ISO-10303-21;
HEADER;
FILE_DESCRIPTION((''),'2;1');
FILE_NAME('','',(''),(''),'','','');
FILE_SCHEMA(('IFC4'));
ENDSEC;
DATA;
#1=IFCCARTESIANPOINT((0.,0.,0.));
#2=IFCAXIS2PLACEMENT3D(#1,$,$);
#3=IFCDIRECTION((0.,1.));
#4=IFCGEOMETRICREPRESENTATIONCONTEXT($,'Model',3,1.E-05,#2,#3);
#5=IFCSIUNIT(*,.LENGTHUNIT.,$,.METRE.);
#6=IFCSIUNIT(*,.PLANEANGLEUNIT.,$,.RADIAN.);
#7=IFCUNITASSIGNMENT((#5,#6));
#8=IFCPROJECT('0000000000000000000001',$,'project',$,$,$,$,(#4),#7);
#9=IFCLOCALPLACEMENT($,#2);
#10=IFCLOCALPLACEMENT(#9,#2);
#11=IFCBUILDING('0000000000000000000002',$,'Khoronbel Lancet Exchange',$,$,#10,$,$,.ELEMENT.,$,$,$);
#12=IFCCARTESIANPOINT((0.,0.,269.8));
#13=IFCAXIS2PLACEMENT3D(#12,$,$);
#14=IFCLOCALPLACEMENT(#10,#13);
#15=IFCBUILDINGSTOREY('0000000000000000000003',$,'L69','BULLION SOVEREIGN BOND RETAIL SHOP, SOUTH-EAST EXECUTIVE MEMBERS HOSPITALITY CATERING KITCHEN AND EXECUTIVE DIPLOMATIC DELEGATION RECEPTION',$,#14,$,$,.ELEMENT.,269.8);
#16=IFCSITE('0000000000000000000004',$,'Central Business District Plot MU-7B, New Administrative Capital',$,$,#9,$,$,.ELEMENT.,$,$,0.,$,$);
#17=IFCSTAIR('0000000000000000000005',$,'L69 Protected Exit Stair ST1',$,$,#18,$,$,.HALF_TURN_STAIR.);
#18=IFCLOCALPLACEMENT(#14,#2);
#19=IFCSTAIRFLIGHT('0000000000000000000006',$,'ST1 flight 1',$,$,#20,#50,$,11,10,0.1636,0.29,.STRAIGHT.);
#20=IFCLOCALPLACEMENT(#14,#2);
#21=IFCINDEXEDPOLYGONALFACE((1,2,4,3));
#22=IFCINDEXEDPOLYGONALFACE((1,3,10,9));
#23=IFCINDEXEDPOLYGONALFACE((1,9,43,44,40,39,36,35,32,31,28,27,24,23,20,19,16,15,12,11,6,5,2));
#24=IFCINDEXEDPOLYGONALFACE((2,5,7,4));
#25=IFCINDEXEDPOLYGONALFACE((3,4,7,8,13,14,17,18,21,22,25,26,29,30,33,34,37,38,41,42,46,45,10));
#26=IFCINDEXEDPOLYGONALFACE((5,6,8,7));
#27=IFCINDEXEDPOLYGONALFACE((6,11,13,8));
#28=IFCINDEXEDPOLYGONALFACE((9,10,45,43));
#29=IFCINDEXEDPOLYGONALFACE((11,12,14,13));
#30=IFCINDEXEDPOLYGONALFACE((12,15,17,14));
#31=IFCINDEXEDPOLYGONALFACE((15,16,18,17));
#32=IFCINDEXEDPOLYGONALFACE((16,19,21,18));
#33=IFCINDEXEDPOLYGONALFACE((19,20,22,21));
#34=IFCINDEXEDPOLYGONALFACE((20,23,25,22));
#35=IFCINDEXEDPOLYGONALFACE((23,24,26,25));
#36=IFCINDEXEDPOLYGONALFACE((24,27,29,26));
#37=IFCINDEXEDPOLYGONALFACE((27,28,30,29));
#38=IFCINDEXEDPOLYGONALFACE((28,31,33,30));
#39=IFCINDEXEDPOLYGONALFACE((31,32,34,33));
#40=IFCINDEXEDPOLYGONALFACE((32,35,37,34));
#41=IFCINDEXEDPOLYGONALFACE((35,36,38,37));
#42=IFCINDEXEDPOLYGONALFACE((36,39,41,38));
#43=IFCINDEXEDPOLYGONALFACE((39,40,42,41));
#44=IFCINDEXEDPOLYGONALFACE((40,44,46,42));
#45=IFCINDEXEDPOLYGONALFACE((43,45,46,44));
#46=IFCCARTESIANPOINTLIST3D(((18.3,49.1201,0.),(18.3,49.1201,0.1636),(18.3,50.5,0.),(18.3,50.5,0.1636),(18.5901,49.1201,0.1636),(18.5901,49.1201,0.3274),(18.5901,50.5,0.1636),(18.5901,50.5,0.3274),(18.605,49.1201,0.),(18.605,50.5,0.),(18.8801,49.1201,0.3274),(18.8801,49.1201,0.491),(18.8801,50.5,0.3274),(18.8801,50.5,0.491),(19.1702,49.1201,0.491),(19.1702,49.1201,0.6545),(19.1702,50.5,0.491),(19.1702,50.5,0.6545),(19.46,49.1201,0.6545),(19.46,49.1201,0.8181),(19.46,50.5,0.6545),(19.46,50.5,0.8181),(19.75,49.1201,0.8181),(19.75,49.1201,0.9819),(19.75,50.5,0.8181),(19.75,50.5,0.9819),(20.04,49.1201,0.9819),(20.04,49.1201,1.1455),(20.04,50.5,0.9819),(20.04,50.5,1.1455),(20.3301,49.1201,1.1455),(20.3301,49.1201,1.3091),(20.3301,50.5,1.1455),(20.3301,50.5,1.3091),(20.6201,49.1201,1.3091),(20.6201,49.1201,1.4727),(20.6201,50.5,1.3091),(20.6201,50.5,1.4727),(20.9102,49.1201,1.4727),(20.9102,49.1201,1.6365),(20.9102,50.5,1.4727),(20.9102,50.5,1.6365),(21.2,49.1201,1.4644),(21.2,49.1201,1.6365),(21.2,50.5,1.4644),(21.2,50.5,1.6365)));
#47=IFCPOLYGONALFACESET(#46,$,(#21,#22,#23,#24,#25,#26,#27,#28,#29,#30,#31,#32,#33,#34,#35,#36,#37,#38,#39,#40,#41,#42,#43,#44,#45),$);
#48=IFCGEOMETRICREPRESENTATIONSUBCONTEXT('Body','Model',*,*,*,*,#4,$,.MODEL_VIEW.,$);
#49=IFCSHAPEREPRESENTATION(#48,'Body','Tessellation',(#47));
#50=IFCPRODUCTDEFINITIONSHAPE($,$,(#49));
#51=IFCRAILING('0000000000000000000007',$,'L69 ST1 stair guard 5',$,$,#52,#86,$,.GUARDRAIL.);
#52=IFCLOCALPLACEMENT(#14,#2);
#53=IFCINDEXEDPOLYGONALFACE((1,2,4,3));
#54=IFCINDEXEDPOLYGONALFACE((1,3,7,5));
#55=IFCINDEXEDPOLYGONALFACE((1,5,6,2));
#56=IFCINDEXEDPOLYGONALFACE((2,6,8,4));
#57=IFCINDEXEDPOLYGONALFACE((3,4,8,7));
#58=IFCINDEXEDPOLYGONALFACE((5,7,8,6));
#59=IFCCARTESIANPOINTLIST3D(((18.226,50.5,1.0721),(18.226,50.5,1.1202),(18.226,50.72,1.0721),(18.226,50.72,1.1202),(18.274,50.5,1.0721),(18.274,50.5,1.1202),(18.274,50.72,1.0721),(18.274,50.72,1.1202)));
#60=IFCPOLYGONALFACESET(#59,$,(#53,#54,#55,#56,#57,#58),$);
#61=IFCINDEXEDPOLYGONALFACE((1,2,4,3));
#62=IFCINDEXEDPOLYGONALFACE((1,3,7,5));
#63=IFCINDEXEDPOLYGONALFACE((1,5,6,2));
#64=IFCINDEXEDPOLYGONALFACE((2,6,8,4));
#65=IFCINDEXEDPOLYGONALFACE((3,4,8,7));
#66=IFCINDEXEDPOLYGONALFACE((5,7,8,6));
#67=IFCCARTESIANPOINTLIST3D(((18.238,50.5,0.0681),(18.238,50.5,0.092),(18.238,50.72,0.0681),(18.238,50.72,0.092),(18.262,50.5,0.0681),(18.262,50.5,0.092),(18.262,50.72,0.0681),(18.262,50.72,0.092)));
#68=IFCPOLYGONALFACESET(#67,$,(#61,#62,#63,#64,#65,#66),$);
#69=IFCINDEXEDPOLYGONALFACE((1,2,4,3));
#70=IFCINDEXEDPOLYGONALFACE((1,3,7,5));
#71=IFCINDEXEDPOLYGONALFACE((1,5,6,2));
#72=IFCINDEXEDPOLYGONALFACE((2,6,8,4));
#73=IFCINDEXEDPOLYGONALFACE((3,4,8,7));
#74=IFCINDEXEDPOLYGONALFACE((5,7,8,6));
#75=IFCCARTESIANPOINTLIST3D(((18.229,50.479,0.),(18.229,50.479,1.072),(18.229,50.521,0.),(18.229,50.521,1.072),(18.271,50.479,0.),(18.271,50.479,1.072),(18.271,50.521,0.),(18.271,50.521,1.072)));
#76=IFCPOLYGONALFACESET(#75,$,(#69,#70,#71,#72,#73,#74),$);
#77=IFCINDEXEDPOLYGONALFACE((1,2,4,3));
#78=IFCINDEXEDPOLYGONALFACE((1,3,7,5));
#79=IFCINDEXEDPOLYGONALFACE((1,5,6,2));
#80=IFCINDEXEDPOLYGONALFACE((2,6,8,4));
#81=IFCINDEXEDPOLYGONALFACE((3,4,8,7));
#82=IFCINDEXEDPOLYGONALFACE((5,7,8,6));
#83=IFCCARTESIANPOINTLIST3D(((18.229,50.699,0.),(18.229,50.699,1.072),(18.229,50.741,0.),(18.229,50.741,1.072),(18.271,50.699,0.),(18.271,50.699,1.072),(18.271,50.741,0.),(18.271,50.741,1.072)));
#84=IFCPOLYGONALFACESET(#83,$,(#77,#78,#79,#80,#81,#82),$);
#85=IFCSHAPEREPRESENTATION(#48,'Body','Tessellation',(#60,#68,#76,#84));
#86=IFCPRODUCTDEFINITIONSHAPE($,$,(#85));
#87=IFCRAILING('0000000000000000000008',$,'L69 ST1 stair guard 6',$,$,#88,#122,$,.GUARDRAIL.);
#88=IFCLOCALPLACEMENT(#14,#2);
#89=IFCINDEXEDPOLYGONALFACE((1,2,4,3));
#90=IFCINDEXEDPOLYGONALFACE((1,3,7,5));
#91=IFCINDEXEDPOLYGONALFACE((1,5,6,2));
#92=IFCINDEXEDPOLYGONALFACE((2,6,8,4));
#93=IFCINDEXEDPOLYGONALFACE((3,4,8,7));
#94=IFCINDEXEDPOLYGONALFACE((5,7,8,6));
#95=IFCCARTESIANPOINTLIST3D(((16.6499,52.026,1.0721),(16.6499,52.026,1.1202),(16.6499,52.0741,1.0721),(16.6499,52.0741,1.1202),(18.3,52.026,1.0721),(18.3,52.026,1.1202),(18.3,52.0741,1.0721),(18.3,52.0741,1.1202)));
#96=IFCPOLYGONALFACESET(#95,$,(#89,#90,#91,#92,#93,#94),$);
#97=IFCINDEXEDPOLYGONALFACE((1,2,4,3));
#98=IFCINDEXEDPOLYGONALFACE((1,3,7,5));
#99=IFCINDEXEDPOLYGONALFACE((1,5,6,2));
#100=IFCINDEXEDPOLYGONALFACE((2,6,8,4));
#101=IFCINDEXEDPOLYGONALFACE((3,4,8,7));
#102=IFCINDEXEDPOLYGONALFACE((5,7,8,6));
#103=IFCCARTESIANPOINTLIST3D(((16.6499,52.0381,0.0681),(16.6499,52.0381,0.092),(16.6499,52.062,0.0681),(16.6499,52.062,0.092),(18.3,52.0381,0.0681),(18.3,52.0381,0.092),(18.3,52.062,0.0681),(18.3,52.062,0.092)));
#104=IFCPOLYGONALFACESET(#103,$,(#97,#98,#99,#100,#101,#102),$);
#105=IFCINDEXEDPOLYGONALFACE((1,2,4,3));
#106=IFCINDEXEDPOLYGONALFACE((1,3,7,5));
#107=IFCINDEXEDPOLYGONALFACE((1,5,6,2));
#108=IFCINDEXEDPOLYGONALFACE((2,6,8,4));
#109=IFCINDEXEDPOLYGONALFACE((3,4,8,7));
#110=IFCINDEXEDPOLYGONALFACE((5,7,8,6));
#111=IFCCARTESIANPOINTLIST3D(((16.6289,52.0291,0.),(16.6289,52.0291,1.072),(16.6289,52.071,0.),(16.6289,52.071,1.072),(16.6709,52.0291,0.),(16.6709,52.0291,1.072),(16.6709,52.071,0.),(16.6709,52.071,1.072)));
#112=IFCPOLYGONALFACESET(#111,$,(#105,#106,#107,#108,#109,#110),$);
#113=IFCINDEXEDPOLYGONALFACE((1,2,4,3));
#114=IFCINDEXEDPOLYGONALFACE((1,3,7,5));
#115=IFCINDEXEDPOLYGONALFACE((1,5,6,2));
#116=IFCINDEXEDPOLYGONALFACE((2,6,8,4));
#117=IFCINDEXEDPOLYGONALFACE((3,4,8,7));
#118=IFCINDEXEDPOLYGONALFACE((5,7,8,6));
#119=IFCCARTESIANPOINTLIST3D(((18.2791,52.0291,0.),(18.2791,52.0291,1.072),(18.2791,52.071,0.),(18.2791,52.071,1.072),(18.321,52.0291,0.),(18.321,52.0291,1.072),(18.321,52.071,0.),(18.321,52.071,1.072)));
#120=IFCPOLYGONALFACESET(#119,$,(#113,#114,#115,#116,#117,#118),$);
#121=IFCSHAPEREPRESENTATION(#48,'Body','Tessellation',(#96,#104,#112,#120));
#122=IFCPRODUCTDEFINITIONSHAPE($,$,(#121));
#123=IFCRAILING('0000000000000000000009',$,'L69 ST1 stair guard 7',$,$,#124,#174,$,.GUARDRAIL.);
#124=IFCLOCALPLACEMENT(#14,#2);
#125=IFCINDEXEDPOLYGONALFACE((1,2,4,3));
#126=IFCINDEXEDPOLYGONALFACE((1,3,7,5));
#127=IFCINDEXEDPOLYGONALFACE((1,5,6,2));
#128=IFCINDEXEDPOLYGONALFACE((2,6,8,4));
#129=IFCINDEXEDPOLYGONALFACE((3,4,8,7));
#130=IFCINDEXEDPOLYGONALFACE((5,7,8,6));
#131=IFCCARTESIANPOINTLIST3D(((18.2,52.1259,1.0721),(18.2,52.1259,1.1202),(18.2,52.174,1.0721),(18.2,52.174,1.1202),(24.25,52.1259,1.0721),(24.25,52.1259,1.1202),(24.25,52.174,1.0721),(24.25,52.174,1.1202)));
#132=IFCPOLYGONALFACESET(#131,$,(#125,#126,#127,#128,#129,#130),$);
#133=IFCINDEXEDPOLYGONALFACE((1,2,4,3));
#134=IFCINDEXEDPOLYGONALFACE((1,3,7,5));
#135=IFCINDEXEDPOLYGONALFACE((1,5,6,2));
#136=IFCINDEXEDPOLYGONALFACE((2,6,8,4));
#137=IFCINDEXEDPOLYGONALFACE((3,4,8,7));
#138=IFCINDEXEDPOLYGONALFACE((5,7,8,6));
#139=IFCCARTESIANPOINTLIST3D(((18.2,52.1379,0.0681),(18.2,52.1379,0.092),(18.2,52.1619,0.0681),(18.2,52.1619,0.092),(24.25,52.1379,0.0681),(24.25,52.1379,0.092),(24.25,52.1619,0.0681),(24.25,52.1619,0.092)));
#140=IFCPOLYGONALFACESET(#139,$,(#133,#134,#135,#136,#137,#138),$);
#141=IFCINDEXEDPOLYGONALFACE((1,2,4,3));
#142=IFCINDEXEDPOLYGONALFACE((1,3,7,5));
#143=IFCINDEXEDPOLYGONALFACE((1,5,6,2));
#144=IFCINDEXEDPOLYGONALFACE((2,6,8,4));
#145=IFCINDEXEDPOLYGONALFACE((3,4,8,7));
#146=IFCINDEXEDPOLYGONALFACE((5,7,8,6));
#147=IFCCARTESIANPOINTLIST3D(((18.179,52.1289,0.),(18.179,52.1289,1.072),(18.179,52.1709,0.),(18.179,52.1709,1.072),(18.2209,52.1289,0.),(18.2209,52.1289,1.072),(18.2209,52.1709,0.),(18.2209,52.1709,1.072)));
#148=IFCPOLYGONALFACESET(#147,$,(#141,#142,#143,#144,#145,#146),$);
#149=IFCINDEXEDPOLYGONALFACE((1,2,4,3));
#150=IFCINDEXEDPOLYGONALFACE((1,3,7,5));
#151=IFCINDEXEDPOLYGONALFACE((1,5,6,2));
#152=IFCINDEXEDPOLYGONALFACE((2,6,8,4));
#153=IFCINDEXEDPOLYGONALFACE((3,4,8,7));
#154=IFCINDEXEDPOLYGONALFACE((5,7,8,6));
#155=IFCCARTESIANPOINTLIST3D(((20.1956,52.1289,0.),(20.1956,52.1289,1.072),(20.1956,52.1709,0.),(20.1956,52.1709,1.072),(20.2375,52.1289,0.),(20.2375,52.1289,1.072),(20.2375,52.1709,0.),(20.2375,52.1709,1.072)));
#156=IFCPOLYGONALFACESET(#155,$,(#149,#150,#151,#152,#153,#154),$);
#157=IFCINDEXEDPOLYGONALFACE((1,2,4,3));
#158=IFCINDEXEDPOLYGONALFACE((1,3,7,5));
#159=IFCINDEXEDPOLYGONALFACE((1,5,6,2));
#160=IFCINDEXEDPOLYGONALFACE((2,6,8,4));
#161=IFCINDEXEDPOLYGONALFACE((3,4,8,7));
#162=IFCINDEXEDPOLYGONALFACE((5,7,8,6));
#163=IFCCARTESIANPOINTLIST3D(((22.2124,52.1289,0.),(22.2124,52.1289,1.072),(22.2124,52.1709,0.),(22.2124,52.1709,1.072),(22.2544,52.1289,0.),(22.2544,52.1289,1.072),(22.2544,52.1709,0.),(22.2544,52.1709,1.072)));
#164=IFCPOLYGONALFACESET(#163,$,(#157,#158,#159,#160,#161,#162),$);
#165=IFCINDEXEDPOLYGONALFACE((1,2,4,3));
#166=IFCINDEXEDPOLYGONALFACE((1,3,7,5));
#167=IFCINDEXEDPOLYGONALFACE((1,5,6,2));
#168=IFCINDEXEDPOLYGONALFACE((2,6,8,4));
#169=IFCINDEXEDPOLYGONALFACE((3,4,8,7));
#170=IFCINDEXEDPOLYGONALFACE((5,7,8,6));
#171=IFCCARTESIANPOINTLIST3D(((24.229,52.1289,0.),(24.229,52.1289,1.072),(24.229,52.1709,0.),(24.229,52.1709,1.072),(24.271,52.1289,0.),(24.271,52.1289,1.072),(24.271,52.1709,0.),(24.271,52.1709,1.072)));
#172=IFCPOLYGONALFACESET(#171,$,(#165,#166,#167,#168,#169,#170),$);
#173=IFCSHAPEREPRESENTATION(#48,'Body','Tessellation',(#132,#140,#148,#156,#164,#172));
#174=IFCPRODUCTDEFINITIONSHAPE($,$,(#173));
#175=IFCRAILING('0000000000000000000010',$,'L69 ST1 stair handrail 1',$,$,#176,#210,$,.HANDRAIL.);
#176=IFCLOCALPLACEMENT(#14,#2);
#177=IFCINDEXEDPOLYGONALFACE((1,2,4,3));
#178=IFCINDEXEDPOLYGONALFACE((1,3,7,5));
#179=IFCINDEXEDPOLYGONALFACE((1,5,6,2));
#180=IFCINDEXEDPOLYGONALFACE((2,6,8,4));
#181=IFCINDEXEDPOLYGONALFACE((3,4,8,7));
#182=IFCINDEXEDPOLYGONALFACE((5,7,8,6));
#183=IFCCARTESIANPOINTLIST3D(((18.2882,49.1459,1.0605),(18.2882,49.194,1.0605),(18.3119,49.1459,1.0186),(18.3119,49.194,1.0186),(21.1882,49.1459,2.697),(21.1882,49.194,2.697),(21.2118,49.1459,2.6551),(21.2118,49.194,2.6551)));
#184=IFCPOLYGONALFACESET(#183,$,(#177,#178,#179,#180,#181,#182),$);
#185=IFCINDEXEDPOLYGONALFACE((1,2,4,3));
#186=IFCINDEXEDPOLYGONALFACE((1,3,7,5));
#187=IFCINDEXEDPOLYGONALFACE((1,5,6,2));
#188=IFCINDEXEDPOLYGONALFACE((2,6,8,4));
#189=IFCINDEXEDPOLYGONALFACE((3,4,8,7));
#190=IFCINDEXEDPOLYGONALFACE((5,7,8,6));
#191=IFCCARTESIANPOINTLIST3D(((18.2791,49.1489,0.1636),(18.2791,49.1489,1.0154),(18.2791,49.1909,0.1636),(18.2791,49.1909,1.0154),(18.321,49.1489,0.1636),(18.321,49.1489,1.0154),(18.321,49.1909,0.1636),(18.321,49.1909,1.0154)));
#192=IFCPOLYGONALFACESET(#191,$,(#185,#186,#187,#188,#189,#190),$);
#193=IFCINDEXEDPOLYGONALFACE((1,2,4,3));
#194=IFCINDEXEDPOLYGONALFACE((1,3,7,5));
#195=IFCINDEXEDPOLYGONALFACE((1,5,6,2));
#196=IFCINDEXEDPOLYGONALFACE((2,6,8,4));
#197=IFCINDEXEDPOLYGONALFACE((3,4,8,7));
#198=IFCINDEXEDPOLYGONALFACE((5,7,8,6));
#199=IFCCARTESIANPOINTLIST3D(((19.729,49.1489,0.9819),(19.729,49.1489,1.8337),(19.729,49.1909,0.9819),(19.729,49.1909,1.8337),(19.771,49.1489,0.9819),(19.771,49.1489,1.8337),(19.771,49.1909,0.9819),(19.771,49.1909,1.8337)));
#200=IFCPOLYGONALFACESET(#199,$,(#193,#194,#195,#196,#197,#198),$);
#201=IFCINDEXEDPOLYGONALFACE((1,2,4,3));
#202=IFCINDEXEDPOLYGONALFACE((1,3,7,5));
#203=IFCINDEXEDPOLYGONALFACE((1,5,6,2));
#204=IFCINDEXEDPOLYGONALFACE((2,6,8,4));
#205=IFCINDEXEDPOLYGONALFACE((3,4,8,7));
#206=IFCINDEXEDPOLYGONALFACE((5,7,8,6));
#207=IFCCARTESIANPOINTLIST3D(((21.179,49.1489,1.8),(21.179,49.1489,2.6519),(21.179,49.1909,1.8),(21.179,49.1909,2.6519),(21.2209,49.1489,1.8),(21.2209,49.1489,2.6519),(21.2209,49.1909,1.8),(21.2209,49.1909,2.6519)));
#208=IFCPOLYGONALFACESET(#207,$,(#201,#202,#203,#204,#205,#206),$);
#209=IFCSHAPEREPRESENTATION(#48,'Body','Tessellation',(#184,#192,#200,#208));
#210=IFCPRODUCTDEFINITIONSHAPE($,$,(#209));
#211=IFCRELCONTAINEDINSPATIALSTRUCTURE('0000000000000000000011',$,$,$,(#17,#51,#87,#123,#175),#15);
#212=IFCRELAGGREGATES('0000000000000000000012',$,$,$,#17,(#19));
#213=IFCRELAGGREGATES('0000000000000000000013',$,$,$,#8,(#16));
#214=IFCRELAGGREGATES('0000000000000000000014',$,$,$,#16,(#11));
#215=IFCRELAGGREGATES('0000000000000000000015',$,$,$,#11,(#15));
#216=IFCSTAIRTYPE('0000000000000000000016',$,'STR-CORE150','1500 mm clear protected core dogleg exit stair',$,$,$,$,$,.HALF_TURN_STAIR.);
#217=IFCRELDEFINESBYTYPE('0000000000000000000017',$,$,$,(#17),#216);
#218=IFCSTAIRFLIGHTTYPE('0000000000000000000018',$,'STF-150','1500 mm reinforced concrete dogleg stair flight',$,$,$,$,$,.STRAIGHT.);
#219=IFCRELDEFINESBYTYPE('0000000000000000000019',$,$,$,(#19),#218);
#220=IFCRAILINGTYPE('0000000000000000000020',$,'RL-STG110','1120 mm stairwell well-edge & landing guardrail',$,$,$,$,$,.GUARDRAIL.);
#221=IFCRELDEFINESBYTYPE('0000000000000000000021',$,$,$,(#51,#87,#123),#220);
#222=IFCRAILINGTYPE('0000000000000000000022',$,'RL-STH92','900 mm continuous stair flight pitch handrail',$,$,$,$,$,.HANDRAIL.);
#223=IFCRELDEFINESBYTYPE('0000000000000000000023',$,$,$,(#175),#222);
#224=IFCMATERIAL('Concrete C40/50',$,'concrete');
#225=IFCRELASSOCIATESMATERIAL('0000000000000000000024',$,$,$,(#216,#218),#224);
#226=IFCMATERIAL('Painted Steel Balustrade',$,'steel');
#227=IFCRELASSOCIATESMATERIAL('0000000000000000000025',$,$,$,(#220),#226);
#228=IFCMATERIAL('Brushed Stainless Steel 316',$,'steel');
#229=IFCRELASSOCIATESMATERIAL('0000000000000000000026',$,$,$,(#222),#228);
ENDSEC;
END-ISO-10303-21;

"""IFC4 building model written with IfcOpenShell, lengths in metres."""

from ifc_helpers import new_model, si_unit, direction, frame, origin, origin_2d, place, context, subcontext, project, spatial, polyline, rectangle, outline, extrude, material, type_object, element, aggregate, save


model = new_model("IFC4")

# Units and contexts
model_context = context("Model", 3, precision=1e-05, world=origin(), true_north=direction((0.0, 1.0)))
body_context = subcontext(model_context, "Body", "Model", "MODEL_VIEW")
ifc_project = project(units=[si_unit("LENGTHUNIT", "METRE"), si_unit("PLANEANGLEUNIT", "RADIAN")], contexts=[model_context])

# Site, building, storey
site_placement = place(None, origin())
site = spatial("IfcSite", under=ifc_project, at=site_placement, Name="Central Business District Plot MU-7B, New Administrative Capital", CompositionType="ELEMENT", RefElevation=0.0)
building_placement = place(site_placement, origin())
building = spatial("IfcBuilding", under=site, at=building_placement, Name="Khoronbel Lancet Exchange", CompositionType="ELEMENT")
storey_placement = place(building_placement, frame((0.0, 0.0, 269.8)))
storey = spatial("IfcBuildingStorey", under=building, at=storey_placement, Name="L69", Description="BULLION SOVEREIGN BOND RETAIL SHOP, SOUTH-EAST EXECUTIVE MEMBERS HOSPITALITY CATERING KITCHEN AND EXECUTIVE DIPLOMATIC DELEGATION RECEPTION", CompositionType="ELEMENT", Elevation=269.8)

# Stair, stair flight
ifc_material_1 = material(Name="Concrete C40/50", Category="concrete")
stair_type = type_object("IfcStairType", Name="STR-CORE150", Description="1500 mm clear protected core dogleg exit stair", PredefinedType="HALF_TURN_STAIR", material=ifc_material_1)
stair_placement = place(storey_placement, origin())
stair = element("IfcStair", 1, at=stair_placement, inside=storey, type_object=stair_type, Name="L69 Protected Exit Stair ST1", PredefinedType="HALF_TURN_STAIR")
stair_flight_type = type_object("IfcStairFlightType", Name="STF-150", Description="1500 mm reinforced concrete dogleg stair flight", PredefinedType="STRAIGHT", material=ifc_material_1)
stair_flight_placement = place(storey_placement, frame((18.3, 49.8101, 0.0), z_axis=(0.0, 0.0, 1.0), x_axis=(1.0, 0.0, 0.0)))
stair_flight = element("IfcStairFlight", 2, at=stair_flight_placement, type_object=stair_flight_type, Name="ST1 flight 1", NumberOfRisers=11, NumberOfTreads=10, PredefinedType="STRAIGHT", RiserHeight=0.1636, TreadLength=0.29, context=body_context, shape_type="SweptSolid", body=[
    extrude(outline(polyline([(0.0, 0.0), (0.0, 0.1636), (0.29, 0.1636), (0.29, 0.3274), (0.5801, 0.3274), (0.5801, 0.491), (0.8701, 0.491), (0.8701, 0.6545), (1.1599, 0.6545), (1.1599, 0.8181), (1.45, 0.8181), (1.45, 0.9819), (1.74, 0.9819), (1.74, 1.1455), (2.03, 1.1455), (2.03, 1.3091), (2.3201, 1.3091), (2.3201, 1.4727), (2.6101, 1.4727), (2.6101, 1.6365), (2.8999, 1.6365), (2.8999, 1.8), (2.8999, 1.4644), (0.3049, 0.0), (0.0, 0.0)])), frame((0.0, 0.6899, 0.0), z_axis=(0.0, -1.0, 0.0), x_axis=(1.0, 0.0, 0.0)), (0.0, 0.0, 1.0), 1.3799),
])
aggregate(stair, [stair_flight])

# Railings
ifc_material_2 = material(Name="Painted Steel Balustrade", Category="steel")
railing_type_1 = type_object("IfcRailingType", Name="RL-STG110", Description="1120 mm stairwell well-edge & landing guardrail", PredefinedType="GUARDRAIL", material=ifc_material_2)
railing_1_placement = place(storey_placement, frame((18.25, 50.5, 0.0)))
element("IfcRailing", 3, at=railing_1_placement, inside=storey, type_object=railing_type_1, Name="L69 ST1 stair guard 5", PredefinedType="GUARDRAIL", context=body_context, shape_type="SweptSolid", body=[
    extrude(rectangle(XDim=0.0481, YDim=0.0481, at=origin_2d()), frame((0.0, 0.0, 1.0962), z_axis=(0.0, 1.0, 0.0), x_axis=(-1.0, 0.0, 0.0)), (0.0, 0.0, 1.0), 0.22),
    extrude(rectangle(XDim=0.0239, YDim=0.0239, at=origin_2d()), frame((0.0, 0.0, 0.0801), z_axis=(0.0, 1.0, 0.0), x_axis=(-1.0, 0.0, 0.0)), (0.0, 0.0, 1.0), 0.22),
    extrude(rectangle(XDim=0.042, YDim=0.042, at=origin_2d()), origin(), (0.0, 0.0, 1.0), 1.072),
    extrude(rectangle(XDim=0.042, YDim=0.042, at=origin_2d()), frame((0.0, 0.22, 0.0)), (0.0, 0.0, 1.0), 1.072),
])
railing_2_placement = place(storey_placement, frame((16.6499, 52.05, 0.0)))
element("IfcRailing", 4, at=railing_2_placement, inside=storey, type_object=railing_type_1, Name="L69 ST1 stair guard 6", PredefinedType="GUARDRAIL", context=body_context, shape_type="SweptSolid", body=[
    extrude(rectangle(XDim=0.0481, YDim=0.0481, at=origin_2d()), frame((0.0, 0.0, 1.0962), z_axis=(1.0, 0.0, 0.0), x_axis=(0.0, 1.0, 0.0)), (0.0, 0.0, 1.0), 1.6501),
    extrude(rectangle(XDim=0.0239, YDim=0.0239, at=origin_2d()), frame((0.0, 0.0, 0.0801), z_axis=(1.0, 0.0, 0.0), x_axis=(0.0, 1.0, 0.0)), (0.0, 0.0, 1.0), 1.6501),
    extrude(rectangle(XDim=0.042, YDim=0.042, at=origin_2d()), origin(), (0.0, 0.0, 1.0), 1.072),
    extrude(rectangle(XDim=0.042, YDim=0.042, at=origin_2d()), frame((1.6501, 0.0, 0.0)), (0.0, 0.0, 1.0), 1.072),
])
railing_3_placement = place(storey_placement, frame((18.2, 52.1499, 0.0)))
element("IfcRailing", 5, at=railing_3_placement, inside=storey, type_object=railing_type_1, Name="L69 ST1 stair guard 7", PredefinedType="GUARDRAIL", context=body_context, shape_type="SweptSolid", body=[
    extrude(rectangle(XDim=0.0481, YDim=0.0481, at=origin_2d()), frame((0.0, 0.0, 1.0962), z_axis=(1.0, 0.0, 0.0), x_axis=(0.0, 1.0, 0.0)), (0.0, 0.0, 1.0), 6.05),
    extrude(rectangle(XDim=0.0239, YDim=0.0239, at=origin_2d()), frame((0.0, 0.0, 0.0801), z_axis=(1.0, 0.0, 0.0), x_axis=(0.0, 1.0, 0.0)), (0.0, 0.0, 1.0), 6.05),
    extrude(rectangle(XDim=0.042, YDim=0.042, at=origin_2d()), origin(), (0.0, 0.0, 1.0), 1.072),
    extrude(rectangle(XDim=0.042, YDim=0.042, at=origin_2d()), frame((2.0166, 0.0, 0.0)), (0.0, 0.0, 1.0), 1.072),
    extrude(rectangle(XDim=0.042, YDim=0.042, at=origin_2d()), frame((4.0334, 0.0, 0.0)), (0.0, 0.0, 1.0), 1.072),
    extrude(rectangle(XDim=0.042, YDim=0.042, at=origin_2d()), frame((6.05, 0.0, 0.0)), (0.0, 0.0, 1.0), 1.072),
])
ifc_material_3 = material(Name="Brushed Stainless Steel 316", Category="steel")
railing_type_2 = type_object("IfcRailingType", Name="RL-STH92", Description="900 mm continuous stair flight pitch handrail", PredefinedType="HANDRAIL", material=ifc_material_3)
railing_4_placement = place(storey_placement, frame((18.3, 49.1699, 0.1636)))
element("IfcRailing", 6, at=railing_4_placement, inside=storey, type_object=railing_type_2, Name="L69 ST1 stair handrail 1", PredefinedType="HANDRAIL", context=body_context, shape_type="SweptSolid", body=[
    extrude(rectangle(XDim=0.0481, YDim=0.0481, at=origin_2d()), frame((0.0, 0.0, 0.876), z_axis=(0.870897, 0.0, 0.491465), x_axis=(0.0, 1.0, 0.0)), (0.0, 0.0, 1.0), 3.3298),
    extrude(rectangle(XDim=0.042, YDim=0.042, at=origin_2d()), origin(), (0.0, 0.0, 1.0), 0.8518),
    extrude(rectangle(XDim=0.042, YDim=0.042, at=origin_2d()), frame((1.45, 0.0, 0.8184)), (0.0, 0.0, 1.0), 0.8518),
    extrude(rectangle(XDim=0.042, YDim=0.042, at=origin_2d()), frame((2.8999, 0.0, 1.6365)), (0.0, 0.0, 1.0), 0.8518),
])

save(model, "model.ifc")
